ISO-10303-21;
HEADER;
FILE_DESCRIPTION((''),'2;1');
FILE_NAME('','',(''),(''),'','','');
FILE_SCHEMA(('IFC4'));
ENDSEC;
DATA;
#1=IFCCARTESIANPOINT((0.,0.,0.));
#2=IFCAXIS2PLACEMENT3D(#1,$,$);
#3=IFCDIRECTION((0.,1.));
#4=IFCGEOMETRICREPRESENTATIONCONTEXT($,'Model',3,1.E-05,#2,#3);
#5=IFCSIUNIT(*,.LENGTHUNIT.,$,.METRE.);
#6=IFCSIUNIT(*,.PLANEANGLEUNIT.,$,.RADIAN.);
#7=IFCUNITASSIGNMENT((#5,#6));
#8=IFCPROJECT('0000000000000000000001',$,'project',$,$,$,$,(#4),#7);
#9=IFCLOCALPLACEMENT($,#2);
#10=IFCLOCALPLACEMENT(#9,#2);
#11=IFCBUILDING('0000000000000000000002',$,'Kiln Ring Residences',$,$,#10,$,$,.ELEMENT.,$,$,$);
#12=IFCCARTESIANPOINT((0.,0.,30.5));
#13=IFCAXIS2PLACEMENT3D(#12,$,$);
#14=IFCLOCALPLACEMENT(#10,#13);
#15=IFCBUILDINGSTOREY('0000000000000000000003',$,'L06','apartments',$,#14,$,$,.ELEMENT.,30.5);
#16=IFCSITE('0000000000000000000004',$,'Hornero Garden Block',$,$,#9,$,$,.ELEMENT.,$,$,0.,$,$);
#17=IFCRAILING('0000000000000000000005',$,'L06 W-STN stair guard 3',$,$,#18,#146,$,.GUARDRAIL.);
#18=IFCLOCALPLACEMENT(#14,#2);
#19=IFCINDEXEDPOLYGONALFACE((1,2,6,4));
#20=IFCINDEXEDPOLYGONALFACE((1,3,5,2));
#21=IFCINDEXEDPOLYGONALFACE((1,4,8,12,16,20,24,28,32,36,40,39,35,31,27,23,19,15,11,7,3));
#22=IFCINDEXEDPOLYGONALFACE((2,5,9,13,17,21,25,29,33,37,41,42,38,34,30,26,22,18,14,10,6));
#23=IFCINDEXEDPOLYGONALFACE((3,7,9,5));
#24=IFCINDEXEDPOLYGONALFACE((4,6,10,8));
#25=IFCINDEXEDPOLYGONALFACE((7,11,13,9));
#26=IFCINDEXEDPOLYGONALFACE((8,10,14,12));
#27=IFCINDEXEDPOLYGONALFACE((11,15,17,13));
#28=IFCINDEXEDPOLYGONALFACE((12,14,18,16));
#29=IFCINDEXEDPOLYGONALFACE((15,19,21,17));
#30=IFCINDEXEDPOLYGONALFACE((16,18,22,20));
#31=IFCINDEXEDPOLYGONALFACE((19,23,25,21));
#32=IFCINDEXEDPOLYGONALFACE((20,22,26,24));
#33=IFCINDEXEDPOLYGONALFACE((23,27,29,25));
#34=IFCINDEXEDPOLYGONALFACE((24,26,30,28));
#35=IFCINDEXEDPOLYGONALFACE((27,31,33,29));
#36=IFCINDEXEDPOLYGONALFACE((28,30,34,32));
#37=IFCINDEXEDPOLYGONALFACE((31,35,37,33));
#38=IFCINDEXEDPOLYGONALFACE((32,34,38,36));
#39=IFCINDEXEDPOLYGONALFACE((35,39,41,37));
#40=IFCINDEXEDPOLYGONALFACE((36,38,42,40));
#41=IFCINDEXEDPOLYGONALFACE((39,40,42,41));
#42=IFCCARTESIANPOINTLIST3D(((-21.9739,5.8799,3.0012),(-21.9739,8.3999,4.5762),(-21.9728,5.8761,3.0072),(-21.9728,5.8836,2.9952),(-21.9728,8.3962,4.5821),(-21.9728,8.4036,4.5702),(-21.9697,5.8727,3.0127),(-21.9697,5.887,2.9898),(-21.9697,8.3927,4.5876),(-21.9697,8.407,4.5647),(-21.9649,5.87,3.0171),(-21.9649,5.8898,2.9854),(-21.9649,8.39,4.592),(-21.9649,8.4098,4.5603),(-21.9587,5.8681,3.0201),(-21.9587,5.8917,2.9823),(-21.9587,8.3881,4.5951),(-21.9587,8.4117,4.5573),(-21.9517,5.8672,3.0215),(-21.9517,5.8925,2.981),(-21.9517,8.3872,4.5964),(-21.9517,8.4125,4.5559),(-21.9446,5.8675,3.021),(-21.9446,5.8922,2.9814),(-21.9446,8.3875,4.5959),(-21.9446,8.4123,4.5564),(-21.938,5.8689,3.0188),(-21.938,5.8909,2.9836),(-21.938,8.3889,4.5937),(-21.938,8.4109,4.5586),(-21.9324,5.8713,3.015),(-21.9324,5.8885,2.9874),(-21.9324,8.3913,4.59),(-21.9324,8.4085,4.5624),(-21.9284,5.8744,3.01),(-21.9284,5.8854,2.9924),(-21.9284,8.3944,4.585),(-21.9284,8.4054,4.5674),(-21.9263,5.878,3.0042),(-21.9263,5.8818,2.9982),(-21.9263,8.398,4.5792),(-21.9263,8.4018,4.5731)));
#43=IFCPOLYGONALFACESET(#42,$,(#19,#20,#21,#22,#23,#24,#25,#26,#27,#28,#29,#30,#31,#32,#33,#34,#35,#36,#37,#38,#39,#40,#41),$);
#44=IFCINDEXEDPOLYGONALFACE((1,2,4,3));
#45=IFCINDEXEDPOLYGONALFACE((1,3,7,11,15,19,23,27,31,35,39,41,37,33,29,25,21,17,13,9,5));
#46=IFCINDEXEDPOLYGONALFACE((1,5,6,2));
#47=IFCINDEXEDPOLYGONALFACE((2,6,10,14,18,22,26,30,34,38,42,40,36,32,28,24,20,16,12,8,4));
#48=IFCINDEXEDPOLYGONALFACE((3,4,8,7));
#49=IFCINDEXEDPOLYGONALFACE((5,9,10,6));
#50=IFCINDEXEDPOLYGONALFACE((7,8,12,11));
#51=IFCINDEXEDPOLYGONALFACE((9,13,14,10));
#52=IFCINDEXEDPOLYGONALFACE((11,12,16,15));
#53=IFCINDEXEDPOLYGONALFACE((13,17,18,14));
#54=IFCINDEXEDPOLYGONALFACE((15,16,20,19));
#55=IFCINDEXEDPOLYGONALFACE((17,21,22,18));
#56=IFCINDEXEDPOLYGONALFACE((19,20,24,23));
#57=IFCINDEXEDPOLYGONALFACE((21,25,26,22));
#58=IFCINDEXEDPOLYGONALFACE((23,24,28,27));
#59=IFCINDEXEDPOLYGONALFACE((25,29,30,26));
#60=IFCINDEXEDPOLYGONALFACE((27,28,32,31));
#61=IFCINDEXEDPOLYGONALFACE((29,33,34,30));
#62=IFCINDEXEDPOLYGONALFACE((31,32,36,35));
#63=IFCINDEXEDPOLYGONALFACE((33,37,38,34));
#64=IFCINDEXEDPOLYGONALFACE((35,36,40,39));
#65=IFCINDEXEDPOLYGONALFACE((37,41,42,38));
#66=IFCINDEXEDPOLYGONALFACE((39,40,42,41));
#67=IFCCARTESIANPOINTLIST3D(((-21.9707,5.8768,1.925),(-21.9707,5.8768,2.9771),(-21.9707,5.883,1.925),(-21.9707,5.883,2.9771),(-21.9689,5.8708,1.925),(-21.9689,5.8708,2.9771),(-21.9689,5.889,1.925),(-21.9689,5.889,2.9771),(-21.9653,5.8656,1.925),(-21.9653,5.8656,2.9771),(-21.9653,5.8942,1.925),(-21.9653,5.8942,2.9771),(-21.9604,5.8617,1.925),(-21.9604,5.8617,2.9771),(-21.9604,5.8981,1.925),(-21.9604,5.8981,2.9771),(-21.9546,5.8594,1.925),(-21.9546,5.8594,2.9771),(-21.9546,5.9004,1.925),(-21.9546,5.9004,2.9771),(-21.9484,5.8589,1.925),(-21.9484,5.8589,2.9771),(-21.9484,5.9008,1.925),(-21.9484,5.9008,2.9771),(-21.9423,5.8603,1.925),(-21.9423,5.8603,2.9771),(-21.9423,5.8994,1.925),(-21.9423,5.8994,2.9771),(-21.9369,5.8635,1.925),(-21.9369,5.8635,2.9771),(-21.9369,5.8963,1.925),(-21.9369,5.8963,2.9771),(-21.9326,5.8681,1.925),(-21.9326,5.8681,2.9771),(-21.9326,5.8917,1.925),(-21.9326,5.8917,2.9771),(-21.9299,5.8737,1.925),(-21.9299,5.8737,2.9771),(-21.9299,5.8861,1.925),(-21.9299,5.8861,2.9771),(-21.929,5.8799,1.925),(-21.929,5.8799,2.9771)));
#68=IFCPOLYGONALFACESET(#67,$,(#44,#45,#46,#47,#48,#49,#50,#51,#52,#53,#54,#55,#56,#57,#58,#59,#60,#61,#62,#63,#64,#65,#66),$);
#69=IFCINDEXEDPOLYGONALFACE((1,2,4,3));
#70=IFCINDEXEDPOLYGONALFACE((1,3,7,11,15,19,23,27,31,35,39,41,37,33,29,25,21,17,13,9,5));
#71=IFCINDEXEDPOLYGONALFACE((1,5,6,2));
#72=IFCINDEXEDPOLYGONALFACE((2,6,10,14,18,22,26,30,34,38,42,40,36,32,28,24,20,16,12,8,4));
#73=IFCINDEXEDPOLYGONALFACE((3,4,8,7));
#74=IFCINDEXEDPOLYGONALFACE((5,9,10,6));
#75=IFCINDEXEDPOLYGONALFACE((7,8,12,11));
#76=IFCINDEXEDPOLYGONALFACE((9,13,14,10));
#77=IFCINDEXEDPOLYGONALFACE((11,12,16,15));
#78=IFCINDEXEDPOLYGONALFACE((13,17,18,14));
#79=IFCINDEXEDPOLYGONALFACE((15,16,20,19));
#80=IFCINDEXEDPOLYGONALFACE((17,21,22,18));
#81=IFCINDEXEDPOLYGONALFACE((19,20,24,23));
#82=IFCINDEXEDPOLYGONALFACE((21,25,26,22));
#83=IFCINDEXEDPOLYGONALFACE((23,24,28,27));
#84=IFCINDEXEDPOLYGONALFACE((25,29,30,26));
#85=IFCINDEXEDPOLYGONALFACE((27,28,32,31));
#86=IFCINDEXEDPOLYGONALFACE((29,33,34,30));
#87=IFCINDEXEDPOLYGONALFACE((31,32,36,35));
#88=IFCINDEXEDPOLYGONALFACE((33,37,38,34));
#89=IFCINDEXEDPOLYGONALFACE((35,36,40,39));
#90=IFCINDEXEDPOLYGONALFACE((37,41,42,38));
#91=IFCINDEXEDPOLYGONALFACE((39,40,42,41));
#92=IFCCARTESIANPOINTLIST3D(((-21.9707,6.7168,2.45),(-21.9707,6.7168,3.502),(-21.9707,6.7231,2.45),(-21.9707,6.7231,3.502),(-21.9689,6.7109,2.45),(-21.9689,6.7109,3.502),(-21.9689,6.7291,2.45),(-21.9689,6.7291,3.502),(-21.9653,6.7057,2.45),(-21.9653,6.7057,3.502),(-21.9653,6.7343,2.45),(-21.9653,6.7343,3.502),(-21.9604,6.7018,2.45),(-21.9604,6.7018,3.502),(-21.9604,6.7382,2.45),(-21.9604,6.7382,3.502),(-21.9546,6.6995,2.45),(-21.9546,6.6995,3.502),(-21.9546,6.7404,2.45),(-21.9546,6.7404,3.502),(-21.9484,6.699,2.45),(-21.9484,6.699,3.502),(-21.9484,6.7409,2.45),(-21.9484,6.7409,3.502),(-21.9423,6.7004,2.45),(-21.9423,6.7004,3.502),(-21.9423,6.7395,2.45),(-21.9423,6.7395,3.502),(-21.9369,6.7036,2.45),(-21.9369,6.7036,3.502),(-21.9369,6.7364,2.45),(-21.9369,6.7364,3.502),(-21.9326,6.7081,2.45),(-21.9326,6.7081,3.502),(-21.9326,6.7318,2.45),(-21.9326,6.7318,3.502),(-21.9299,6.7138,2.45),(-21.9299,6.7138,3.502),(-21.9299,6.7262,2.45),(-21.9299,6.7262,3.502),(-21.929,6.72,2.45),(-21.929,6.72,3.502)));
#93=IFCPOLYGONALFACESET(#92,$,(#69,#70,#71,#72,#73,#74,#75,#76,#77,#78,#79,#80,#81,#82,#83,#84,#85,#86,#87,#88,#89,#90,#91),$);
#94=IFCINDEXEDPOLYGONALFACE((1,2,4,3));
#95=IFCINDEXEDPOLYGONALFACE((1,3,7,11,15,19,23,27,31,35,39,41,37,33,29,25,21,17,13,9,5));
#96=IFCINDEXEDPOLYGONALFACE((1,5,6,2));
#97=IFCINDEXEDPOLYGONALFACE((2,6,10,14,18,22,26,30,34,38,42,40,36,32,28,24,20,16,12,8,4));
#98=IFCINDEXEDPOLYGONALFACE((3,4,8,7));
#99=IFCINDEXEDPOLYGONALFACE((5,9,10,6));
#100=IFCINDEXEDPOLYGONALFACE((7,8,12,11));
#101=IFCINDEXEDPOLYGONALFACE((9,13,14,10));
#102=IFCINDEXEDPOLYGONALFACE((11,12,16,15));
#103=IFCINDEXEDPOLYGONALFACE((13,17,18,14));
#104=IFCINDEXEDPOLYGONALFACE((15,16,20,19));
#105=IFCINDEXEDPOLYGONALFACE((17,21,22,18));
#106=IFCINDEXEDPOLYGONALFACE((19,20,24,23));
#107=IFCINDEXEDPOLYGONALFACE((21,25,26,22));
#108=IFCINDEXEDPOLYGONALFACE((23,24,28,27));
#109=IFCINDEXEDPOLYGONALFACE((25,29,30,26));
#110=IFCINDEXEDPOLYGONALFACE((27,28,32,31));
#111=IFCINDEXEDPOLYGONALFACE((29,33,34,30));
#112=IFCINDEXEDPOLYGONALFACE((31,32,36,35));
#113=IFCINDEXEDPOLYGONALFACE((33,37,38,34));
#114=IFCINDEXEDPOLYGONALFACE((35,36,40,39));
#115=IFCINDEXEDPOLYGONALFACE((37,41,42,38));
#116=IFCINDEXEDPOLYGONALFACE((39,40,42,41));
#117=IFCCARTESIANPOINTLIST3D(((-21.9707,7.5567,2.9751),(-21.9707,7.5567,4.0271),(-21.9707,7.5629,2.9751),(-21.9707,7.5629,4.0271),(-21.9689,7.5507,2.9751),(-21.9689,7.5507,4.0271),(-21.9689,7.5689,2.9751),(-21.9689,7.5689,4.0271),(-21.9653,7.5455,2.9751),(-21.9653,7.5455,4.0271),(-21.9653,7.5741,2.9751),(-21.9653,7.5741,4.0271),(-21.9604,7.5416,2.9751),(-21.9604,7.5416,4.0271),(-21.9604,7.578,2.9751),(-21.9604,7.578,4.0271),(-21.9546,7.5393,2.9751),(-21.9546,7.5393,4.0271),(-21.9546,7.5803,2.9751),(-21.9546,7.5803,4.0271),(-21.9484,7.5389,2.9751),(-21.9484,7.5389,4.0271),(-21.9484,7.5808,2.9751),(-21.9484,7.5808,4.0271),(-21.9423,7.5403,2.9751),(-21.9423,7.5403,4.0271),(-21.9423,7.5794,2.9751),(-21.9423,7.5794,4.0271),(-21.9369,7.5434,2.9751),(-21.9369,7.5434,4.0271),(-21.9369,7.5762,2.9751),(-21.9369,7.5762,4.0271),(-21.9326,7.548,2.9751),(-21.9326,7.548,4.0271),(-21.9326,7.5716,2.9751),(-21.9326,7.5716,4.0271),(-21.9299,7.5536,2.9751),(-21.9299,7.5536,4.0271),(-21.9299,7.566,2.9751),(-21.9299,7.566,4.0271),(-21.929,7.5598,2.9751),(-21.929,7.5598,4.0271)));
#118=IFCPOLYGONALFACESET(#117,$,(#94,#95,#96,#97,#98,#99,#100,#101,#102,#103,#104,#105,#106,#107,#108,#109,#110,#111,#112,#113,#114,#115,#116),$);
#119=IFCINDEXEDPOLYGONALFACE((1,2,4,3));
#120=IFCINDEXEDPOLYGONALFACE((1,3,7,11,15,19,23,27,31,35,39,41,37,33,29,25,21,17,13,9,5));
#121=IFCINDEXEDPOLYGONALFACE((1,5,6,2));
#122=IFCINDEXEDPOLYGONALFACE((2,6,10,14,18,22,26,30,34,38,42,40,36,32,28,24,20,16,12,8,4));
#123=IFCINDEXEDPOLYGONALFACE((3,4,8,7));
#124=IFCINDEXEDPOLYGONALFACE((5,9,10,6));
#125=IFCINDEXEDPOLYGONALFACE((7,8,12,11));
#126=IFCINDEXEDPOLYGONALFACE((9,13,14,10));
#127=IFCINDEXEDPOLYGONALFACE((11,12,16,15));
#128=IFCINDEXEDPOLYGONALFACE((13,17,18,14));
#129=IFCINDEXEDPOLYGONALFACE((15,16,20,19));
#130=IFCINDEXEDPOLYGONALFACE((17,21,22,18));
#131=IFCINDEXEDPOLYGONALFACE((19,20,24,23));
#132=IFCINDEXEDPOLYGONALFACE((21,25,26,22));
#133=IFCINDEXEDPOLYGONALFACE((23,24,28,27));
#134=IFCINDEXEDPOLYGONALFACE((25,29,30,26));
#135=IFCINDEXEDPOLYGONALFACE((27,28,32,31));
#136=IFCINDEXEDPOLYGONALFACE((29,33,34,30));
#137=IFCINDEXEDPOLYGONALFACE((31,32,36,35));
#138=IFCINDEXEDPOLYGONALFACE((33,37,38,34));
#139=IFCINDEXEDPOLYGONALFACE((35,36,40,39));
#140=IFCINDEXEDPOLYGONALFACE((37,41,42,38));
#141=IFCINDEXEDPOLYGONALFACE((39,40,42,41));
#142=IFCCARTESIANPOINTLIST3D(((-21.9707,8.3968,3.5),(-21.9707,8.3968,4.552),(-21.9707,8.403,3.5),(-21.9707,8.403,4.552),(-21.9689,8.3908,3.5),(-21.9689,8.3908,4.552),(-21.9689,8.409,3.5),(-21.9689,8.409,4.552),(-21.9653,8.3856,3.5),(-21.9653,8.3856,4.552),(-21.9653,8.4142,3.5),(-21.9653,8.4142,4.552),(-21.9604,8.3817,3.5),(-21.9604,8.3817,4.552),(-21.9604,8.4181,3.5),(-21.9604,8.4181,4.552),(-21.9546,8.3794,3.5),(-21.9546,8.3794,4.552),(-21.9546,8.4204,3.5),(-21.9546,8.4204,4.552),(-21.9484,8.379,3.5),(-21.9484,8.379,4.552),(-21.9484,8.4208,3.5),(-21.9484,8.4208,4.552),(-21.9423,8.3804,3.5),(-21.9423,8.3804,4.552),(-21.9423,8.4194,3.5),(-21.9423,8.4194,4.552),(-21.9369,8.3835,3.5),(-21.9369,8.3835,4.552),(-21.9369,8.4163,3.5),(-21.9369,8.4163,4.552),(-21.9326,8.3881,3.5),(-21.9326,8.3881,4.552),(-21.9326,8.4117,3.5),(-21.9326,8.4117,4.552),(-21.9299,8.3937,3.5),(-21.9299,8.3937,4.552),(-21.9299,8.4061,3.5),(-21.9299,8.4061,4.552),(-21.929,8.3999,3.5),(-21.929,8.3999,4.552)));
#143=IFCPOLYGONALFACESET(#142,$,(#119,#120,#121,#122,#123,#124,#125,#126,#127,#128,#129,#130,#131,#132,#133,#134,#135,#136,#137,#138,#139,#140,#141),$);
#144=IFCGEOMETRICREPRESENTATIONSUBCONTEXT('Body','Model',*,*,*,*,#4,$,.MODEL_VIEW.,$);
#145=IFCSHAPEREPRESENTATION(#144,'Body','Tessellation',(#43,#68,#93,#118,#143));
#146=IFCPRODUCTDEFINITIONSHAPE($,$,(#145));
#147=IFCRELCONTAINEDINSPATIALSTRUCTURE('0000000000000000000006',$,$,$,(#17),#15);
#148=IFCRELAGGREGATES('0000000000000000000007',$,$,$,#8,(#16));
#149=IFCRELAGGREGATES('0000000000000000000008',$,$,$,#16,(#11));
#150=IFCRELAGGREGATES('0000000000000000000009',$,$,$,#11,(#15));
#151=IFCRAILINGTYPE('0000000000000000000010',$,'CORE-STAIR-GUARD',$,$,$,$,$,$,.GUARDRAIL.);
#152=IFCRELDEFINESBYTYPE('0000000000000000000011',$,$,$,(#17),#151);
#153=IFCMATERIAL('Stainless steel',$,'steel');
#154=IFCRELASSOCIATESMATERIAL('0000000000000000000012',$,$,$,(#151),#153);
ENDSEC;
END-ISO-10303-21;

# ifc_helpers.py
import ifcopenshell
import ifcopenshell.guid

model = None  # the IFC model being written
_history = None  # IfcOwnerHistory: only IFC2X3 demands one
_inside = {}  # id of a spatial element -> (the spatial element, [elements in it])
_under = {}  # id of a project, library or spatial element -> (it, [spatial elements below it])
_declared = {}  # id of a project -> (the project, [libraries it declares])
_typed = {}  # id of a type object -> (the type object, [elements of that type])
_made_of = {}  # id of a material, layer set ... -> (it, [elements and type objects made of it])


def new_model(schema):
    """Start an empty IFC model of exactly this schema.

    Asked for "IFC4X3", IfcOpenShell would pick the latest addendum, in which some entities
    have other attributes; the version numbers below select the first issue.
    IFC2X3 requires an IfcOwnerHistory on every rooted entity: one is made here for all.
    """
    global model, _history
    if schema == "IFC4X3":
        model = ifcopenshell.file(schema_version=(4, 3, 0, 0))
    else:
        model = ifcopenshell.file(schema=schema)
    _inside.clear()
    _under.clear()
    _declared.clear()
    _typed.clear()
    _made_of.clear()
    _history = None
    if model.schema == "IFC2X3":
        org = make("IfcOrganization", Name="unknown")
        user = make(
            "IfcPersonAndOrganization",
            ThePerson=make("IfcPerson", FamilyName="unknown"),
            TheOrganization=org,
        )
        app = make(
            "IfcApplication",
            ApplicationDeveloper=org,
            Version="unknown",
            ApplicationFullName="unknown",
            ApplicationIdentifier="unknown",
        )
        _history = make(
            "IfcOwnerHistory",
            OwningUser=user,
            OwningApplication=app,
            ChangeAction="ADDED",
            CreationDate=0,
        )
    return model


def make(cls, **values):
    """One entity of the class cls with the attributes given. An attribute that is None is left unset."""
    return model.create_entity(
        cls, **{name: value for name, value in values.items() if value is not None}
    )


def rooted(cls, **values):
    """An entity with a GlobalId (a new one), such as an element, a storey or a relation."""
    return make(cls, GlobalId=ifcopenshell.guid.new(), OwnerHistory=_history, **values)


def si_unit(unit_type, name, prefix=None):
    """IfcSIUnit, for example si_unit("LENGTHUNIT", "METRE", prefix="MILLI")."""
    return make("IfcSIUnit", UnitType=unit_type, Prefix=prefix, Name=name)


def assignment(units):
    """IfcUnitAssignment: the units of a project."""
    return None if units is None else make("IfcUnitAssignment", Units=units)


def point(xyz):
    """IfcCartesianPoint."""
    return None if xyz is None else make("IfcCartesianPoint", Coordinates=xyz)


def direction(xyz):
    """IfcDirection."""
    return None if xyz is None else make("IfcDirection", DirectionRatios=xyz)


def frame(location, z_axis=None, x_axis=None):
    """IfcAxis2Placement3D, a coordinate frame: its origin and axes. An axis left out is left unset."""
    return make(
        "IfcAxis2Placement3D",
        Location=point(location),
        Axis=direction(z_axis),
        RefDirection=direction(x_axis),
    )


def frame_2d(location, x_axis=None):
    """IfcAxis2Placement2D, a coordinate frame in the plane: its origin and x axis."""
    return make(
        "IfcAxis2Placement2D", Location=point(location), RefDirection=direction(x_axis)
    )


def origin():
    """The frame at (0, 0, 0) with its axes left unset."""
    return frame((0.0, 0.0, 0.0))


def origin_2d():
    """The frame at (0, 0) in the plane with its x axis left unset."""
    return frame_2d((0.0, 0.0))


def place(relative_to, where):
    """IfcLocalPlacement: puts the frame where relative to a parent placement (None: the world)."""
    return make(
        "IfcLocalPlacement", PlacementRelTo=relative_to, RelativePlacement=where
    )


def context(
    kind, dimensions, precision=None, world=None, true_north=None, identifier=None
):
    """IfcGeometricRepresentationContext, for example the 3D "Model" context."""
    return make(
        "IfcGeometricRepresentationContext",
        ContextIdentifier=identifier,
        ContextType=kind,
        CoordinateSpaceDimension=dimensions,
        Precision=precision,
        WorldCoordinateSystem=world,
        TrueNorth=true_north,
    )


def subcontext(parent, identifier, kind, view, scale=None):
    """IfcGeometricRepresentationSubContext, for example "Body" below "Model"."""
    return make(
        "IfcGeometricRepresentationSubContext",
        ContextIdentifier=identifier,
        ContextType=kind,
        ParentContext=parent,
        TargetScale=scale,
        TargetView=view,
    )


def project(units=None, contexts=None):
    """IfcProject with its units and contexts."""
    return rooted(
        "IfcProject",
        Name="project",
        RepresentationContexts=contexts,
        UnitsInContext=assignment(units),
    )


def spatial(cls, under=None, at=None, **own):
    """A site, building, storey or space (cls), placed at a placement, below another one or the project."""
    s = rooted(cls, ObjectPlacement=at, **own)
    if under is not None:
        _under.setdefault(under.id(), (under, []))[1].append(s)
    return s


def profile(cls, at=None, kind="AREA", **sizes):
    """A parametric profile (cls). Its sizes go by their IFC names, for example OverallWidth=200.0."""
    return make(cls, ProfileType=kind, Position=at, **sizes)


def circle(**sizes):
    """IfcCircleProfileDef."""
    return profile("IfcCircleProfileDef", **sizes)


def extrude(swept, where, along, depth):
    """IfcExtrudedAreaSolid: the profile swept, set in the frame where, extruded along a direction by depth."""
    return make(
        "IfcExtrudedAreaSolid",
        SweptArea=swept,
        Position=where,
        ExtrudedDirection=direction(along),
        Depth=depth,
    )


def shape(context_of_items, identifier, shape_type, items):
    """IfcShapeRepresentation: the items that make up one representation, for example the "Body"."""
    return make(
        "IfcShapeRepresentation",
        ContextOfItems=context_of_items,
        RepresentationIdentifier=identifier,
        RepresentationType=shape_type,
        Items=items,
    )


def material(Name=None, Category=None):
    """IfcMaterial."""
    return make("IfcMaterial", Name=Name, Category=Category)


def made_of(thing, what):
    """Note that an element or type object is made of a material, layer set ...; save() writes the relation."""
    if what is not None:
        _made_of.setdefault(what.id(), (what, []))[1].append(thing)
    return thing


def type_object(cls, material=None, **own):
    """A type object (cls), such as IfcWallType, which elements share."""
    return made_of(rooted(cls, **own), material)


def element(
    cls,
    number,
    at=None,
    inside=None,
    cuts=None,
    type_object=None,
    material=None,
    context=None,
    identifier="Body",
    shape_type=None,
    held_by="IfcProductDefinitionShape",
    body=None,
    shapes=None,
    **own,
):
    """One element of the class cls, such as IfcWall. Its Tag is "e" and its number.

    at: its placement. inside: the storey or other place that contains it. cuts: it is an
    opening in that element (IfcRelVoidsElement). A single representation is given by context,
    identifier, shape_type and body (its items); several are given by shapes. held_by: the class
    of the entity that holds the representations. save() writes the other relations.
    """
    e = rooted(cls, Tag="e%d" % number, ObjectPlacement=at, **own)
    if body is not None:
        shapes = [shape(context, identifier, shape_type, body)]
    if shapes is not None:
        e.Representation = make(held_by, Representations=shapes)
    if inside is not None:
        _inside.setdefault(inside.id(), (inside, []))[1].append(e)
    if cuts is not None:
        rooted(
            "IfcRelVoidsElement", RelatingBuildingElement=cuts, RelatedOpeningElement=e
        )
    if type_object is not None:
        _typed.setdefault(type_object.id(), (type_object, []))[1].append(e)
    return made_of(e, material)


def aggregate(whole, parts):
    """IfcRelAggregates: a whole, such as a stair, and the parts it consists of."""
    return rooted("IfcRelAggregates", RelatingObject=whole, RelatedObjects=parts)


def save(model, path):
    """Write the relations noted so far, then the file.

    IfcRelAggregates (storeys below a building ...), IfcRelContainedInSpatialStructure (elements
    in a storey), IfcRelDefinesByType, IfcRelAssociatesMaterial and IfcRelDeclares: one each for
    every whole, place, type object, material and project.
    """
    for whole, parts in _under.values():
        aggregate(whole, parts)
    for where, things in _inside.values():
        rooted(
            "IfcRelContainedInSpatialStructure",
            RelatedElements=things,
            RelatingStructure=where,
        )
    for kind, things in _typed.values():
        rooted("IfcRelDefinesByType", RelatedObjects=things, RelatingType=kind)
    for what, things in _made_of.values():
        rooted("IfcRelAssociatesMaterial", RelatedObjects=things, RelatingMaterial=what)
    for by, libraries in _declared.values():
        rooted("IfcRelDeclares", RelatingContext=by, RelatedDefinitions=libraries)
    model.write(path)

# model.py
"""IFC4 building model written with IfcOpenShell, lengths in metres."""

from ifc_helpers import new_model, si_unit, direction, frame, origin, origin_2d, place, context, subcontext, project, spatial, circle, extrude, material, type_object, element, save


model = new_model("IFC4")

# Units and contexts
model_context = context("Model", 3, precision=1e-05, world=origin(), true_north=direction((0.0, 1.0)))
body_context = subcontext(model_context, "Body", "Model", "MODEL_VIEW")
ifc_project = project(units=[si_unit("LENGTHUNIT", "METRE"), si_unit("PLANEANGLEUNIT", "RADIAN")], contexts=[model_context])

# Site, building, storey
site_placement = place(None, origin())
site = spatial("IfcSite", under=ifc_project, at=site_placement, Name="Hornero Garden Block", CompositionType="ELEMENT", RefElevation=0.0)
building_placement = place(site_placement, origin())
building = spatial("IfcBuilding", under=site, at=building_placement, Name="Kiln Ring Residences", CompositionType="ELEMENT")
storey_placement = place(building_placement, frame((0.0, 0.0, 30.5)))
storey = spatial("IfcBuildingStorey", under=building, at=storey_placement, Name="L06", Description="apartments", CompositionType="ELEMENT", Elevation=30.5)

# Railing
ifc_material_1 = material(Name="Stainless steel", Category="steel")
railing_type_1 = type_object("IfcRailingType", Name="CORE-STAIR-GUARD", PredefinedType="GUARDRAIL", material=ifc_material_1)
railing_1_placement = place(storey_placement, frame((-21.95, 5.8799, 1.925)))
element("IfcRailing", 1, at=railing_1_placement, inside=storey, type_object=railing_type_1, Name="L06 W-STN stair guard 3", PredefinedType="GUARDRAIL", context=body_context, shape_type="SweptSolid", body=[
    extrude(circle(Radius=0.0239, at=origin_2d()), frame((0.0, 0.0, 1.0762), z_axis=(0.0, 0.848008, 0.529984), x_axis=(-1.0, 0.0, 0.0)), (0.0, 0.0, 1.0), 2.9717),
    extrude(circle(Radius=0.021, at=origin_2d()), origin(), (0.0, 0.0, 1.0), 1.052),
    extrude(circle(Radius=0.021, at=origin_2d()), frame((0.0, 0.8401, 0.5249)), (0.0, 0.0, 1.0), 1.052),
    extrude(circle(Radius=0.021, at=origin_2d()), frame((0.0, 1.6799, 1.05)), (0.0, 0.0, 1.0), 1.052),
    extrude(circle(Radius=0.021, at=origin_2d()), frame((0.0, 2.52, 1.575)), (0.0, 0.0, 1.0), 1.052),
])

save(model, "model.ifc")
